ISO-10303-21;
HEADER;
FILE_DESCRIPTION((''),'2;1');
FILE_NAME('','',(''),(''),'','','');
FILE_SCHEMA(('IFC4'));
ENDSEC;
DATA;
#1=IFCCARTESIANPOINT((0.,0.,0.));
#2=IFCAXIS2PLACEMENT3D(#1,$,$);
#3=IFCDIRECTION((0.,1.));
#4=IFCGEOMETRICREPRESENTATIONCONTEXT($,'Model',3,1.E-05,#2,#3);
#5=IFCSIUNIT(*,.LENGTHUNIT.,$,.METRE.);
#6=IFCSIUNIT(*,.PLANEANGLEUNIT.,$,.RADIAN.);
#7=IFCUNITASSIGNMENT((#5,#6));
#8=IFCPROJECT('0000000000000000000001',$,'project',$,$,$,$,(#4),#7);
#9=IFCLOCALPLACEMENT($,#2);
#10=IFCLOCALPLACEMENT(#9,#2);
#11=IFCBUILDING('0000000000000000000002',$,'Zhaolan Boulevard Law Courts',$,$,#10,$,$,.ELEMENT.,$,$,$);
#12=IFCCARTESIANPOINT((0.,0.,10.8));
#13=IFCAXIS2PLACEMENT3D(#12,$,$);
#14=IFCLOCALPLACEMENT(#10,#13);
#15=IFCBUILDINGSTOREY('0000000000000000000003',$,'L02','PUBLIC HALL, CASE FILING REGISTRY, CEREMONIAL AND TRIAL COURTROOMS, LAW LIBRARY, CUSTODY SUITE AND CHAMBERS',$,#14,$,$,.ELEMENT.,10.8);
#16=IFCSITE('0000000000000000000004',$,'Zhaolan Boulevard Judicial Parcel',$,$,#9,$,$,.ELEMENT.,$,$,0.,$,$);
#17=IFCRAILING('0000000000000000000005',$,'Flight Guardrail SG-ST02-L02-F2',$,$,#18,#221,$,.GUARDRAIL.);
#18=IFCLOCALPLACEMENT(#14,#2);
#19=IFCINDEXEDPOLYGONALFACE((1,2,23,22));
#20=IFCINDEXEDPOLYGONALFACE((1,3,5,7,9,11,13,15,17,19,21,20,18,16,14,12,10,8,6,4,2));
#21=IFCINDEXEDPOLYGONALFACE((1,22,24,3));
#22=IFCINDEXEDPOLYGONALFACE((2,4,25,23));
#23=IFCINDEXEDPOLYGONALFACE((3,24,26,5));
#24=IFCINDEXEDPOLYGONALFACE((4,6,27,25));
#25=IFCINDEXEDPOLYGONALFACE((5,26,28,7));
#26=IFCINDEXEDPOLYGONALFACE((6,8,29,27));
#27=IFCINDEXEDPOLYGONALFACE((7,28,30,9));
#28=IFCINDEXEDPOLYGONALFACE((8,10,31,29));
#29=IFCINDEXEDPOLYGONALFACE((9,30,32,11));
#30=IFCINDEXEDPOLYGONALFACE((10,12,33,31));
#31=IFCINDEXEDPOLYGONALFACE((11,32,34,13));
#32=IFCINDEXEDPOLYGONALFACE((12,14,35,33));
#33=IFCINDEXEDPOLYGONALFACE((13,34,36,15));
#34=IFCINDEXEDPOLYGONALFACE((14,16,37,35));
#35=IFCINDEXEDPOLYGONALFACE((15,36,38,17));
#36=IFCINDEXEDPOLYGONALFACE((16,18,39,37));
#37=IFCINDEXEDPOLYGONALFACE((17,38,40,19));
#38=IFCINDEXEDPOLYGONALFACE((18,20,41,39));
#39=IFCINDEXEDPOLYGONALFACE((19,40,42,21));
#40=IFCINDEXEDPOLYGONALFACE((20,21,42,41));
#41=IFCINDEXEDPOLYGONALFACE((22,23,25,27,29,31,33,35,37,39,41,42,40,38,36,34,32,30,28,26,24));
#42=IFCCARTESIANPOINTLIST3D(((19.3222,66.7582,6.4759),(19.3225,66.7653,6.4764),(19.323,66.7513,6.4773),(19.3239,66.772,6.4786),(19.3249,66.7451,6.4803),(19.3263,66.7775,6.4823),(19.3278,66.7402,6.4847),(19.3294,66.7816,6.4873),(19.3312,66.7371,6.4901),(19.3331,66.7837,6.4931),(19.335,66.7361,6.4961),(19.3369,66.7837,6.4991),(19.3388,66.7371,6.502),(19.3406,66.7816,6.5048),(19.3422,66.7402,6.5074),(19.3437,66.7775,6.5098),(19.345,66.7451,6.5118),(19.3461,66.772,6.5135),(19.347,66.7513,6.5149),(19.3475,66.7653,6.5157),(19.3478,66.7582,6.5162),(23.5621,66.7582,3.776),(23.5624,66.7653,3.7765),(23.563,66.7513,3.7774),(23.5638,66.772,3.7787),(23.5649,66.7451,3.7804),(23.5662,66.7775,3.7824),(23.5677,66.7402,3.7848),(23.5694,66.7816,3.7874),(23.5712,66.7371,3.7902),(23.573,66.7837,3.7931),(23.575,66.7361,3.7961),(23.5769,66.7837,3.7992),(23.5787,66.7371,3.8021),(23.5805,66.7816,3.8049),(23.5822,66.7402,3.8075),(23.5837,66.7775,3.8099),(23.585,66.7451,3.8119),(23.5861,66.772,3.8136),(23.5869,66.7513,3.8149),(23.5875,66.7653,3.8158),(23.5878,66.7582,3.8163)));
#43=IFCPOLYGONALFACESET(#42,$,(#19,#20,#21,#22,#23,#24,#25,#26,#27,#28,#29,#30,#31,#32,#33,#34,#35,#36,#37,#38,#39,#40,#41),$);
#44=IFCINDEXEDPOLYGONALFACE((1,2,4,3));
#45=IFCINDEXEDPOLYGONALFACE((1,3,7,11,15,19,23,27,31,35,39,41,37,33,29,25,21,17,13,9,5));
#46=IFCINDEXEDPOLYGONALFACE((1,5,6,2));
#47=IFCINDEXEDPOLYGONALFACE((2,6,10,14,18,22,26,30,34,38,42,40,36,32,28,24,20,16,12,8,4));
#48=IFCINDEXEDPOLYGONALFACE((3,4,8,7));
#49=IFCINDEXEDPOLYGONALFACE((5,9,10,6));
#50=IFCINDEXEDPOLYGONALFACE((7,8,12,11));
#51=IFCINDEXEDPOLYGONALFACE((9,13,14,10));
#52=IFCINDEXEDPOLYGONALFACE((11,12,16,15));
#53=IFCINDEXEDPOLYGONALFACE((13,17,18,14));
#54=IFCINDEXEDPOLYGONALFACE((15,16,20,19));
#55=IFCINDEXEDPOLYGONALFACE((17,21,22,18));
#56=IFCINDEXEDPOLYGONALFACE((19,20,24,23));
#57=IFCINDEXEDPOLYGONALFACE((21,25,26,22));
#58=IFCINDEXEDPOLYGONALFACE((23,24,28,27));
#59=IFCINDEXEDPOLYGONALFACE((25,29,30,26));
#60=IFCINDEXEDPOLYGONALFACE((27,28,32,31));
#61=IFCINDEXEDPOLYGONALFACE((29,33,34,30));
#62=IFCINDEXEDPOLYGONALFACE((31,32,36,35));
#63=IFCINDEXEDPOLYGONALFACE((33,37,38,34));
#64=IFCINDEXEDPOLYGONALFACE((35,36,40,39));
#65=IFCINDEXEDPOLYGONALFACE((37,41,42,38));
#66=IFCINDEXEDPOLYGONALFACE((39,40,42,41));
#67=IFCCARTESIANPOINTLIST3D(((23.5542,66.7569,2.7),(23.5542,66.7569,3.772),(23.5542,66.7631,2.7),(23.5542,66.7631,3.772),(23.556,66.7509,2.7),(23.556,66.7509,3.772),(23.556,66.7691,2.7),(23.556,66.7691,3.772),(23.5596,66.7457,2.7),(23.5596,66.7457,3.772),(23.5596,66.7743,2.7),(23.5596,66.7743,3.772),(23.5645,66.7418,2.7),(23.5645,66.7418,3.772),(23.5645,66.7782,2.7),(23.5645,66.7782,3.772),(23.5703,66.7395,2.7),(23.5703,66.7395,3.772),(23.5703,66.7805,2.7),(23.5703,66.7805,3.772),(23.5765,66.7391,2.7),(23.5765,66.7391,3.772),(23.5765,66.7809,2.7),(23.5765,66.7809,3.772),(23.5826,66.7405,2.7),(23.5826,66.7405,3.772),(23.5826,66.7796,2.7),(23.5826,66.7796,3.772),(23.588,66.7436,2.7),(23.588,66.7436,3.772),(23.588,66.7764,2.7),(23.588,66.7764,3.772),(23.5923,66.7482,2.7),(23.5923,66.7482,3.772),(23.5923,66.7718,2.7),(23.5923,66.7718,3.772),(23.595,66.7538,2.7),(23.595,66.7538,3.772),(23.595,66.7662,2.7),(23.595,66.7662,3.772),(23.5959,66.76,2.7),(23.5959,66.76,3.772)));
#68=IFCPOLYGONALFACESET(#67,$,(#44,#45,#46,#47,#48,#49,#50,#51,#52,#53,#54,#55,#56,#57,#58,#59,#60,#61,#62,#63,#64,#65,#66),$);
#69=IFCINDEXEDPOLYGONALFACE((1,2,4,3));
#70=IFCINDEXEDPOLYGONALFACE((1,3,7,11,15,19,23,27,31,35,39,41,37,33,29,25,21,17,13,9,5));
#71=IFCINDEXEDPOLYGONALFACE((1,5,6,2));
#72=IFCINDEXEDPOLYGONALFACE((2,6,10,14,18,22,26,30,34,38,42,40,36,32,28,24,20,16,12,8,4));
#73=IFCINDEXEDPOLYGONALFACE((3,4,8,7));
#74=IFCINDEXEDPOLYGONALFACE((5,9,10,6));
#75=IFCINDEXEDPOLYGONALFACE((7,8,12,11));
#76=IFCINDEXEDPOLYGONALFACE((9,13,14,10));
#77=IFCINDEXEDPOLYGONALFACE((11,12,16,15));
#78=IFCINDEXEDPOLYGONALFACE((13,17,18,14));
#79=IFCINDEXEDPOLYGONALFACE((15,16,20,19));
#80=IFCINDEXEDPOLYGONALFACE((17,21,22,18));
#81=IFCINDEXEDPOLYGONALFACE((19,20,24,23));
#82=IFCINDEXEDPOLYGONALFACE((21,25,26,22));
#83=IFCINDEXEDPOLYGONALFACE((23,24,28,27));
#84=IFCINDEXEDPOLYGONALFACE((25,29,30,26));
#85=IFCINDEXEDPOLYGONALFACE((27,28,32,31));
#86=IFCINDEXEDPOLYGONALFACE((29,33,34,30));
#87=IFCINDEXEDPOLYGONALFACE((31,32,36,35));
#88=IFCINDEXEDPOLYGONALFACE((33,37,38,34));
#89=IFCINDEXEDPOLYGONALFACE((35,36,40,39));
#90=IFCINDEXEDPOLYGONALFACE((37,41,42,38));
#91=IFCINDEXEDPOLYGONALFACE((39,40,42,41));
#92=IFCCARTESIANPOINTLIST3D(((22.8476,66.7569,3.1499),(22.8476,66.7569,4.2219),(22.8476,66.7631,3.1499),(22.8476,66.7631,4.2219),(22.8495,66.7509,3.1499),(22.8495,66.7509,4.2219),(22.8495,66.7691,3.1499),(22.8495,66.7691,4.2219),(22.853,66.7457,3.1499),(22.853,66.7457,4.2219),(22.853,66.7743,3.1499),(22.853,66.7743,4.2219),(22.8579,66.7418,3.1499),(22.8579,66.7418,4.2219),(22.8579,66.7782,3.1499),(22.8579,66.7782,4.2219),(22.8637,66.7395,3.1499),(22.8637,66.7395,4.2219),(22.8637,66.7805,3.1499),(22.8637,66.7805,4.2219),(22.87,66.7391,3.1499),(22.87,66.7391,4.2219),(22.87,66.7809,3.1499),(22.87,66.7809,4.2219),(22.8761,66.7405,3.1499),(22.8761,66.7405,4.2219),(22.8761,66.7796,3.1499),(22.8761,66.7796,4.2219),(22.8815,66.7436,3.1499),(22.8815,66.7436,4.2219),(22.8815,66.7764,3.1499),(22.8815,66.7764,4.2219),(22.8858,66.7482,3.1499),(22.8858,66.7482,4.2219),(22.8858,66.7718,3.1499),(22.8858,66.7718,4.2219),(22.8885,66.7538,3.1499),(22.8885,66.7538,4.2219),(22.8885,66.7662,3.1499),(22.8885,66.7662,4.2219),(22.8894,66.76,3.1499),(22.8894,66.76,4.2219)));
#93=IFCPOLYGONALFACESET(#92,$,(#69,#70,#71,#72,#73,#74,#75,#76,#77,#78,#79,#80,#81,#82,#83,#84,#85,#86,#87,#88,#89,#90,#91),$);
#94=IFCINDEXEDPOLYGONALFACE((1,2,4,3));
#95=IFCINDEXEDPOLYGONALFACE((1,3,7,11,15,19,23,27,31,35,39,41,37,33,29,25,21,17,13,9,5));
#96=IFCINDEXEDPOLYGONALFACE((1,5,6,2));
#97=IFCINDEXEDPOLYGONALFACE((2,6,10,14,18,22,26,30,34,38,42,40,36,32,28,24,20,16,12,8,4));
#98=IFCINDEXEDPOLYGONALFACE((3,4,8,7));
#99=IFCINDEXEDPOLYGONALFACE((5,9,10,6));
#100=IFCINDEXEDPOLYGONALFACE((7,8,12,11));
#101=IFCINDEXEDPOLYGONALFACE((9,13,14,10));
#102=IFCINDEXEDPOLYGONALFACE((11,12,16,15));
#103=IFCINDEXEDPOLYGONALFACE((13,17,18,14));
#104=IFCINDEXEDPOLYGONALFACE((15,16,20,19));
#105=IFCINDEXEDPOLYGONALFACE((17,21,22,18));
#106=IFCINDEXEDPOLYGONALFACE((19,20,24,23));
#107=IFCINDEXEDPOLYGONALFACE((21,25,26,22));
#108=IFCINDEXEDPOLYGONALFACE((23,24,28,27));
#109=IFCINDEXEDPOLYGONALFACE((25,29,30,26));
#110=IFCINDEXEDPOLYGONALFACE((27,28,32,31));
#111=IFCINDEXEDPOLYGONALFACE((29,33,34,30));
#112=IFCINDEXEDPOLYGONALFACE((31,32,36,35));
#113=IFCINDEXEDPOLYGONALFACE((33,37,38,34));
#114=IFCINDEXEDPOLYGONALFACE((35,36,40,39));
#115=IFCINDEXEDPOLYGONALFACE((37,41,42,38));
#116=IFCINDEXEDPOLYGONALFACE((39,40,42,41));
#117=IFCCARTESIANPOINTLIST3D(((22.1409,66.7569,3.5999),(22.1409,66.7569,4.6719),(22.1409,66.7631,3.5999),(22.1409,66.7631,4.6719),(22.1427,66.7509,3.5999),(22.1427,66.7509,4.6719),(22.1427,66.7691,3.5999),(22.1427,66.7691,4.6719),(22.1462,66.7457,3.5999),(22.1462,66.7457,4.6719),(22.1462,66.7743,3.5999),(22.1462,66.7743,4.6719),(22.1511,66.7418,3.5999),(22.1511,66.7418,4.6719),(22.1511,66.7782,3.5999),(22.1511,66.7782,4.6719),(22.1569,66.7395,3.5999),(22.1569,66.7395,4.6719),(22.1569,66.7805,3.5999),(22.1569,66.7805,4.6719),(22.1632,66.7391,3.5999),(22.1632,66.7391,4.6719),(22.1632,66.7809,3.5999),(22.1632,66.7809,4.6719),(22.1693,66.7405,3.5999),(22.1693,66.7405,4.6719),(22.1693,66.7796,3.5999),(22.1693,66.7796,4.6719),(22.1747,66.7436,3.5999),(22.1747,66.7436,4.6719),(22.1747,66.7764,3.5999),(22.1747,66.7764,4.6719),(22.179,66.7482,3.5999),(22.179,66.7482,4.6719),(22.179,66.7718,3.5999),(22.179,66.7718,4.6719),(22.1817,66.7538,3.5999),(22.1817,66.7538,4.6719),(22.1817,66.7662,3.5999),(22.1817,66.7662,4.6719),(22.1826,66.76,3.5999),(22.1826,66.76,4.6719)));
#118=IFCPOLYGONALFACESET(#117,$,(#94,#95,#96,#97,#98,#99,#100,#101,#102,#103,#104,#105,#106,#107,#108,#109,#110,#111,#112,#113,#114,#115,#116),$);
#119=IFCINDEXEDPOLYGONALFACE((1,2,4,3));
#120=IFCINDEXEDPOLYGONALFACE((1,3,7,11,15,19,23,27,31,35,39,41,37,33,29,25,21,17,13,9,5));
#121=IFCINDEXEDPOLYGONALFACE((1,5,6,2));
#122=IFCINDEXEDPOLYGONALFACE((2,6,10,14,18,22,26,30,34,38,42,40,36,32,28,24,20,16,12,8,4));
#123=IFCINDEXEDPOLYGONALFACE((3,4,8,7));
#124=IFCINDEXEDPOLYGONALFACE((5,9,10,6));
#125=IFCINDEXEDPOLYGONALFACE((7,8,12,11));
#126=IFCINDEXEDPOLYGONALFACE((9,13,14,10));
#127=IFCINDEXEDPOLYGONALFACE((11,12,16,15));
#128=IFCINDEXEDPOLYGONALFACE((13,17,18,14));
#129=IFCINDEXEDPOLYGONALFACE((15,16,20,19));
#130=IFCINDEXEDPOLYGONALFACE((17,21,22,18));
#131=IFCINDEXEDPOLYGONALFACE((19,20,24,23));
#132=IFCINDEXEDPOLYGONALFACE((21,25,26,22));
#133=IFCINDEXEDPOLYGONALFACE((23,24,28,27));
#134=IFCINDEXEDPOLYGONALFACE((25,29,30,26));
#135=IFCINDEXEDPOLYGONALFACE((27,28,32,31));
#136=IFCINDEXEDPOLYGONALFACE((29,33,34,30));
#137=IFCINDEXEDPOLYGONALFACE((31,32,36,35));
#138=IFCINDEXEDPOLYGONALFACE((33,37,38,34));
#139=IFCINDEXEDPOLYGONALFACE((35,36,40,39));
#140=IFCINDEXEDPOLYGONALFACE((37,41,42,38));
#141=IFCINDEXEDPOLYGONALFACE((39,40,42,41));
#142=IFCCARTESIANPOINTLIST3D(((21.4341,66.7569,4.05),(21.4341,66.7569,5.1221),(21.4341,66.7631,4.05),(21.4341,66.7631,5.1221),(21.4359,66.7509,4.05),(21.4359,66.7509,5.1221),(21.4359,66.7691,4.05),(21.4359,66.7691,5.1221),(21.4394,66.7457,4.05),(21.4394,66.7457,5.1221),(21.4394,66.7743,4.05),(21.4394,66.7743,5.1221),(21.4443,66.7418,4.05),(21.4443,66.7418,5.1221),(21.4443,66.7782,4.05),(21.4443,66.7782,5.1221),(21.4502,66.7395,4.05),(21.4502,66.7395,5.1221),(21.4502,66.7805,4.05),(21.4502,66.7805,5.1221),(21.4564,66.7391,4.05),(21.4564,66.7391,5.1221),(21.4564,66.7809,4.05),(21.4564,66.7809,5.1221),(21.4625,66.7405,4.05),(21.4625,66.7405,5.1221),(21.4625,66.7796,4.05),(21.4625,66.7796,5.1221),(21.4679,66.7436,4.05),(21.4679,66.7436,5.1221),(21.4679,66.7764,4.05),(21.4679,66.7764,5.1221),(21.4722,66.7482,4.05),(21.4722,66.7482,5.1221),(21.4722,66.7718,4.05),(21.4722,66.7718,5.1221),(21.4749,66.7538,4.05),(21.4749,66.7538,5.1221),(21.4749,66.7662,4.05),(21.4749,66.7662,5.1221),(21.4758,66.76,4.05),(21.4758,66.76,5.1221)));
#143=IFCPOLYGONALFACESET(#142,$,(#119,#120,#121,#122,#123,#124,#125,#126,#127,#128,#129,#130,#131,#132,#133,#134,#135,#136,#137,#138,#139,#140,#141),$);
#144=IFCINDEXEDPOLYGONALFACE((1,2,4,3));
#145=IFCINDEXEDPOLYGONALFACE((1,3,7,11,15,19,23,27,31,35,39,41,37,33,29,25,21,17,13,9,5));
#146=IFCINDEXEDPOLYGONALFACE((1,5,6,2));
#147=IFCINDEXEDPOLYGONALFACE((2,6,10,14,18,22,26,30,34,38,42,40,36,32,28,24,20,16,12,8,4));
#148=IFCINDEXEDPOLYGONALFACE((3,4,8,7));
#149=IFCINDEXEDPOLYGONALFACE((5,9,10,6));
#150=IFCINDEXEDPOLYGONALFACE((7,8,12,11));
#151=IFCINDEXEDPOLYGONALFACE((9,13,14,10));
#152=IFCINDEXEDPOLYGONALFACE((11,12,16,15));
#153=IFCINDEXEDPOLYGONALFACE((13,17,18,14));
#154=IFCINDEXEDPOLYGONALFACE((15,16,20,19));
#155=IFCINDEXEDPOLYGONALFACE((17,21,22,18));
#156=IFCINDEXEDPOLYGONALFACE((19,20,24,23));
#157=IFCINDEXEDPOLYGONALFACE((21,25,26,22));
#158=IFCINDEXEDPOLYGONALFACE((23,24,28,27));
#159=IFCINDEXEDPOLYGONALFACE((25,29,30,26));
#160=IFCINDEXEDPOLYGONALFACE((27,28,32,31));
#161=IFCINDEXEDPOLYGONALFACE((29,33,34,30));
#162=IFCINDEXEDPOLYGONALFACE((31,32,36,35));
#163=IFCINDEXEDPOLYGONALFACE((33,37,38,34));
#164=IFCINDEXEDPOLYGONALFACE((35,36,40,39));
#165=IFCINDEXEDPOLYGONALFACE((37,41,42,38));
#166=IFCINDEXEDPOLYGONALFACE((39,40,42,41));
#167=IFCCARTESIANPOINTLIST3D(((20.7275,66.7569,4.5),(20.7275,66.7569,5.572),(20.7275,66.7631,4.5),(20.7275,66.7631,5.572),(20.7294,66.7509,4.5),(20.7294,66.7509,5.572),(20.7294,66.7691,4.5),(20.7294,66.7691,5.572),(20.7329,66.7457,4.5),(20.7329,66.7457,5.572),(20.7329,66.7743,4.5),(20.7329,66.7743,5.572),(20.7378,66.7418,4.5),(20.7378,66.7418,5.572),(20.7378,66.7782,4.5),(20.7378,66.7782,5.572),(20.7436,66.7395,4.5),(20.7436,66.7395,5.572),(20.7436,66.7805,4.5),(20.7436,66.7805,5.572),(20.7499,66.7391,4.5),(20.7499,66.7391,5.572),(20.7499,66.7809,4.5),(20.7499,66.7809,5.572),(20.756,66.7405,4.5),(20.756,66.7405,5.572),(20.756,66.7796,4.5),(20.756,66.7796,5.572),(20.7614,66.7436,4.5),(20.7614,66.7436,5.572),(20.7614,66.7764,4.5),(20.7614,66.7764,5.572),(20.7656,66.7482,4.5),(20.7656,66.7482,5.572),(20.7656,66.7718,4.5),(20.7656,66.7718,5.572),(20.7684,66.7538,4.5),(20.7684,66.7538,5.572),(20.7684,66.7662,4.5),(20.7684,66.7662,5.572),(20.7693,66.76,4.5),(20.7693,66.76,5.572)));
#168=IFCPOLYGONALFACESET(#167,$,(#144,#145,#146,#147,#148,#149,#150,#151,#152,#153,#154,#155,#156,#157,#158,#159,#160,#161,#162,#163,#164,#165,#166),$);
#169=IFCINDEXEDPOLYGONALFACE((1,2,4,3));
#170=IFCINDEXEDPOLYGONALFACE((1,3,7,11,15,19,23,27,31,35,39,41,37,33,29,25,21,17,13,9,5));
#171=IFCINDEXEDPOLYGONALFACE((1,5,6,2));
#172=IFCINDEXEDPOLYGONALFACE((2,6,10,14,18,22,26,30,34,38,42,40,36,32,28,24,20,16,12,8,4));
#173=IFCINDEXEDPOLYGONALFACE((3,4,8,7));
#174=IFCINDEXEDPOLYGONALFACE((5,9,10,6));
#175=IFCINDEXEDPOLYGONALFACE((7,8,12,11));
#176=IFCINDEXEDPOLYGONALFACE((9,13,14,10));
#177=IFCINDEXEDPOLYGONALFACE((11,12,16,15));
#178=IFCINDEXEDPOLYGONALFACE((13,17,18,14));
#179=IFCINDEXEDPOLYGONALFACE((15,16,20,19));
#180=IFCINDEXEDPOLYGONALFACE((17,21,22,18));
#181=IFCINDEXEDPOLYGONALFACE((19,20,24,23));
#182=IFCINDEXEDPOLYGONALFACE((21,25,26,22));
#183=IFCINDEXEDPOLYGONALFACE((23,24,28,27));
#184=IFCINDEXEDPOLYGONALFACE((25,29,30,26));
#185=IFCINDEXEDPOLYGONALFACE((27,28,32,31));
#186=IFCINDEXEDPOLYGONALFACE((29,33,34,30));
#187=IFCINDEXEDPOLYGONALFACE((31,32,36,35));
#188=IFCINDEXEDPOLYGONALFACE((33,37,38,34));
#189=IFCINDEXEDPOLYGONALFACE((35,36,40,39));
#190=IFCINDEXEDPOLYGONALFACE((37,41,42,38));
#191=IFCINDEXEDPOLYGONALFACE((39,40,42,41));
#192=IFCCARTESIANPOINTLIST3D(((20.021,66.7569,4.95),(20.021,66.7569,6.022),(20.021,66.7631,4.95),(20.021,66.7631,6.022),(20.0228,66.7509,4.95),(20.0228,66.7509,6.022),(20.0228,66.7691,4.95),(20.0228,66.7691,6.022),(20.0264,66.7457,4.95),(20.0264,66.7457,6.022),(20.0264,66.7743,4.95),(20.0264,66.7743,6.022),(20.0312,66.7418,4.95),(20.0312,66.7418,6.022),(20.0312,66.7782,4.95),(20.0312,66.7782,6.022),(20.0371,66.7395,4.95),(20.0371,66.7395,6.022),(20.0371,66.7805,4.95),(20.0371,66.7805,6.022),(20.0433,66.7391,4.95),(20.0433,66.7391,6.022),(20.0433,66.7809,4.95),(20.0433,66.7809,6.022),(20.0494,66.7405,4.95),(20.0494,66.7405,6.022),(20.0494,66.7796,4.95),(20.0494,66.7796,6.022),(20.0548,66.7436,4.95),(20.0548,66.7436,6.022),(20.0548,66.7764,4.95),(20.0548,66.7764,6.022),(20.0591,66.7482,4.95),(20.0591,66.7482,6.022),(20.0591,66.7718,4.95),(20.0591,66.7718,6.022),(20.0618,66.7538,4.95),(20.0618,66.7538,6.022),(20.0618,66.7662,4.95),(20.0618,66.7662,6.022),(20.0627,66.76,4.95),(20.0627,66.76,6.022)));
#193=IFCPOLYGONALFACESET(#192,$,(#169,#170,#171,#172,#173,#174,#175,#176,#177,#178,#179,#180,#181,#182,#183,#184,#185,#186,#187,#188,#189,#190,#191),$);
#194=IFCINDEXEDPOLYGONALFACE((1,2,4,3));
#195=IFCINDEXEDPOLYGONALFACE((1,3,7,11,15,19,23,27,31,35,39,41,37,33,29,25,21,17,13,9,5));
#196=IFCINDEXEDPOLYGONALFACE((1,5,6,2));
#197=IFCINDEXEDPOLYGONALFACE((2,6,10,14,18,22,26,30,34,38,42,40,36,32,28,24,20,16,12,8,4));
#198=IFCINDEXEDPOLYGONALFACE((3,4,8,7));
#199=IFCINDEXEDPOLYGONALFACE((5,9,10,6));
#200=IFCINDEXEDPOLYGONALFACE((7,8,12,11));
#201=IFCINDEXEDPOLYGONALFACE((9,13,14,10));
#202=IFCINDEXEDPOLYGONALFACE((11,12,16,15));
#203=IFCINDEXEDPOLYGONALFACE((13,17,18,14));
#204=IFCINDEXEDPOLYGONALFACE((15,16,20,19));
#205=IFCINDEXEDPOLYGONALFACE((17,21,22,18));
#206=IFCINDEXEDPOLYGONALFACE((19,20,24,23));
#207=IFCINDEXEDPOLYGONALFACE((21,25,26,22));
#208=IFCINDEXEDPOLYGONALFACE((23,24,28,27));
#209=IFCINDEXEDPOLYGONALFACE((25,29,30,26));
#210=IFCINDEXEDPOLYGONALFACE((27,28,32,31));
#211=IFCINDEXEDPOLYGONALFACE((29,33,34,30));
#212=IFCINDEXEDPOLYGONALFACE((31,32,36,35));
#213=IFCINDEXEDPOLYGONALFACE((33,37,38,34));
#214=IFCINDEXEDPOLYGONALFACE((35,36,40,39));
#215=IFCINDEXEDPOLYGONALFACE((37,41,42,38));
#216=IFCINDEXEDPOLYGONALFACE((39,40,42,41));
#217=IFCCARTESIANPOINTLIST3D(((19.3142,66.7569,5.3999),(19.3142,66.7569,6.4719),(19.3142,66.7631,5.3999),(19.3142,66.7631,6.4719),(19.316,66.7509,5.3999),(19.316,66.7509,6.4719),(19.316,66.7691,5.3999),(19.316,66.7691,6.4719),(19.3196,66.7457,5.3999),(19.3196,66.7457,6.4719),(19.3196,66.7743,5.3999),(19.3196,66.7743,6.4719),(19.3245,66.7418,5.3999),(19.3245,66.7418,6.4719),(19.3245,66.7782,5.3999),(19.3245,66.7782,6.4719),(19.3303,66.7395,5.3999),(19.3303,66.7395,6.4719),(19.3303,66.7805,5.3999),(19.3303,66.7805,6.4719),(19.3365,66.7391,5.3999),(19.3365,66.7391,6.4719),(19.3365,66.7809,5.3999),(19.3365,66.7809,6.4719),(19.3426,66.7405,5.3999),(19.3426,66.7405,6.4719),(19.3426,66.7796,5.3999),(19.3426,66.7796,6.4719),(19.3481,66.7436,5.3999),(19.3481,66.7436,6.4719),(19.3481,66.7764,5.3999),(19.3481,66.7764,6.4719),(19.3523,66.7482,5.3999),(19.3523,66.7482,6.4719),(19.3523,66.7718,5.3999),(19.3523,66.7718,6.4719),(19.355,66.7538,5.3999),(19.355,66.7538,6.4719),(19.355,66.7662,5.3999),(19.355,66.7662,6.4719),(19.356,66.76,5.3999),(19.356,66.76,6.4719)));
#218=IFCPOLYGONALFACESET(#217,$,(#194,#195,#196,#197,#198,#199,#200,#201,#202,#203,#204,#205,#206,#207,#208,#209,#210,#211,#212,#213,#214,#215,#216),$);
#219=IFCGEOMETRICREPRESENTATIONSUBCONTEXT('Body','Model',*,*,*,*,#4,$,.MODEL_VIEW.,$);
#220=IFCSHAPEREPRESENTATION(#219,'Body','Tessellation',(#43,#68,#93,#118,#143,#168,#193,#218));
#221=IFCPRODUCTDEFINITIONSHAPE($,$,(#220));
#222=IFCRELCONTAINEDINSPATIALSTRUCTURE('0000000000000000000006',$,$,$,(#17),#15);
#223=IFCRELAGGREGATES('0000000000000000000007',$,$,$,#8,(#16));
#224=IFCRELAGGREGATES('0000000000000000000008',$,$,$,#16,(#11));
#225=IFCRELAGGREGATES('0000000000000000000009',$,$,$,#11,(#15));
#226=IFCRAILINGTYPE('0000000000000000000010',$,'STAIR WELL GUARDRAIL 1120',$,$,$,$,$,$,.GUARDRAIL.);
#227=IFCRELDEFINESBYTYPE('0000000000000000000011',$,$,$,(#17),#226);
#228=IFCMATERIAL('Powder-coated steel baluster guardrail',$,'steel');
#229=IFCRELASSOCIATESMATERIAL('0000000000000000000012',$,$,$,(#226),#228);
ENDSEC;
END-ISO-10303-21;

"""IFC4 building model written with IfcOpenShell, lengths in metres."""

from ifc_helpers import new_model, si_unit, direction, frame, origin, origin_2d, place, context, subcontext, project, spatial, circle, extrude, material, type_object, element, save


model = new_model("IFC4")

# Units and contexts
model_context = context("Model", 3, precision=1e-05, world=origin(), true_north=direction((0.0, 1.0)))
body_context = subcontext(model_context, "Body", "Model", "MODEL_VIEW")
ifc_project = project(units=[si_unit("LENGTHUNIT", "METRE"), si_unit("PLANEANGLEUNIT", "RADIAN")], contexts=[model_context])

# Site, building, storey
site_placement = place(None, origin())
site = spatial("IfcSite", under=ifc_project, at=site_placement, Name="Zhaolan Boulevard Judicial Parcel", CompositionType="ELEMENT", RefElevation=0.0)
building_placement = place(site_placement, origin())
building = spatial("IfcBuilding", under=site, at=building_placement, Name="Zhaolan Boulevard Law Courts", CompositionType="ELEMENT")
storey_placement = place(building_placement, frame((0.0, 0.0, 10.8)))
storey = spatial("IfcBuildingStorey", under=building, at=storey_placement, Name="L02", Description="PUBLIC HALL, CASE FILING REGISTRY, CEREMONIAL AND TRIAL COURTROOMS, LAW LIBRARY, CUSTODY SUITE AND CHAMBERS", CompositionType="ELEMENT", Elevation=10.8)

# Railing
ifc_material_1 = material(Name="Powder-coated steel baluster guardrail", Category="steel")
railing_type_1 = type_object("IfcRailingType", Name="STAIR WELL GUARDRAIL 1120", PredefinedType="GUARDRAIL", material=ifc_material_1)
railing_1_placement = place(storey_placement, frame((23.575, 66.76, 2.7)))
element("IfcRailing", 1, at=railing_1_placement, inside=storey, type_object=railing_type_1, Name="Flight Guardrail SG-ST02-L02-F2", PredefinedType="GUARDRAIL", context=body_context, shape_type="SweptSolid", body=[
    extrude(circle(Radius=0.0239, at=origin_2d()), frame((0.0, 0.0, 1.0962), z_axis=(-0.843501, 0.0, 0.537127), x_axis=(0.0, -1.0, 0.0)), (0.0, 0.0, 1.0), 5.0266),
    extrude(circle(Radius=0.021, at=origin_2d()), origin(), (0.0, 0.0, 1.0), 1.072),
    extrude(circle(Radius=0.021, at=origin_2d()), frame((-0.7065, 0.0, 0.45)), (0.0, 0.0, 1.0), 1.072),
    extrude(circle(Radius=0.021, at=origin_2d()), frame((-1.4133, 0.0, 0.8999)), (0.0, 0.0, 1.0), 1.072),
    extrude(circle(Radius=0.021, at=origin_2d()), frame((-2.1201, 0.0, 1.3501)), (0.0, 0.0, 1.0), 1.072),
    extrude(circle(Radius=0.021, at=origin_2d()), frame((-2.8267, 0.0, 1.8)), (0.0, 0.0, 1.0), 1.072),
    extrude(circle(Radius=0.021, at=origin_2d()), frame((-3.5332, 0.0, 2.25)), (0.0, 0.0, 1.0), 1.072),
    extrude(circle(Radius=0.021, at=origin_2d()), frame((-4.24, 0.0, 2.7)), (0.0, 0.0, 1.0), 1.072),
])

save(model, "model.ifc")
